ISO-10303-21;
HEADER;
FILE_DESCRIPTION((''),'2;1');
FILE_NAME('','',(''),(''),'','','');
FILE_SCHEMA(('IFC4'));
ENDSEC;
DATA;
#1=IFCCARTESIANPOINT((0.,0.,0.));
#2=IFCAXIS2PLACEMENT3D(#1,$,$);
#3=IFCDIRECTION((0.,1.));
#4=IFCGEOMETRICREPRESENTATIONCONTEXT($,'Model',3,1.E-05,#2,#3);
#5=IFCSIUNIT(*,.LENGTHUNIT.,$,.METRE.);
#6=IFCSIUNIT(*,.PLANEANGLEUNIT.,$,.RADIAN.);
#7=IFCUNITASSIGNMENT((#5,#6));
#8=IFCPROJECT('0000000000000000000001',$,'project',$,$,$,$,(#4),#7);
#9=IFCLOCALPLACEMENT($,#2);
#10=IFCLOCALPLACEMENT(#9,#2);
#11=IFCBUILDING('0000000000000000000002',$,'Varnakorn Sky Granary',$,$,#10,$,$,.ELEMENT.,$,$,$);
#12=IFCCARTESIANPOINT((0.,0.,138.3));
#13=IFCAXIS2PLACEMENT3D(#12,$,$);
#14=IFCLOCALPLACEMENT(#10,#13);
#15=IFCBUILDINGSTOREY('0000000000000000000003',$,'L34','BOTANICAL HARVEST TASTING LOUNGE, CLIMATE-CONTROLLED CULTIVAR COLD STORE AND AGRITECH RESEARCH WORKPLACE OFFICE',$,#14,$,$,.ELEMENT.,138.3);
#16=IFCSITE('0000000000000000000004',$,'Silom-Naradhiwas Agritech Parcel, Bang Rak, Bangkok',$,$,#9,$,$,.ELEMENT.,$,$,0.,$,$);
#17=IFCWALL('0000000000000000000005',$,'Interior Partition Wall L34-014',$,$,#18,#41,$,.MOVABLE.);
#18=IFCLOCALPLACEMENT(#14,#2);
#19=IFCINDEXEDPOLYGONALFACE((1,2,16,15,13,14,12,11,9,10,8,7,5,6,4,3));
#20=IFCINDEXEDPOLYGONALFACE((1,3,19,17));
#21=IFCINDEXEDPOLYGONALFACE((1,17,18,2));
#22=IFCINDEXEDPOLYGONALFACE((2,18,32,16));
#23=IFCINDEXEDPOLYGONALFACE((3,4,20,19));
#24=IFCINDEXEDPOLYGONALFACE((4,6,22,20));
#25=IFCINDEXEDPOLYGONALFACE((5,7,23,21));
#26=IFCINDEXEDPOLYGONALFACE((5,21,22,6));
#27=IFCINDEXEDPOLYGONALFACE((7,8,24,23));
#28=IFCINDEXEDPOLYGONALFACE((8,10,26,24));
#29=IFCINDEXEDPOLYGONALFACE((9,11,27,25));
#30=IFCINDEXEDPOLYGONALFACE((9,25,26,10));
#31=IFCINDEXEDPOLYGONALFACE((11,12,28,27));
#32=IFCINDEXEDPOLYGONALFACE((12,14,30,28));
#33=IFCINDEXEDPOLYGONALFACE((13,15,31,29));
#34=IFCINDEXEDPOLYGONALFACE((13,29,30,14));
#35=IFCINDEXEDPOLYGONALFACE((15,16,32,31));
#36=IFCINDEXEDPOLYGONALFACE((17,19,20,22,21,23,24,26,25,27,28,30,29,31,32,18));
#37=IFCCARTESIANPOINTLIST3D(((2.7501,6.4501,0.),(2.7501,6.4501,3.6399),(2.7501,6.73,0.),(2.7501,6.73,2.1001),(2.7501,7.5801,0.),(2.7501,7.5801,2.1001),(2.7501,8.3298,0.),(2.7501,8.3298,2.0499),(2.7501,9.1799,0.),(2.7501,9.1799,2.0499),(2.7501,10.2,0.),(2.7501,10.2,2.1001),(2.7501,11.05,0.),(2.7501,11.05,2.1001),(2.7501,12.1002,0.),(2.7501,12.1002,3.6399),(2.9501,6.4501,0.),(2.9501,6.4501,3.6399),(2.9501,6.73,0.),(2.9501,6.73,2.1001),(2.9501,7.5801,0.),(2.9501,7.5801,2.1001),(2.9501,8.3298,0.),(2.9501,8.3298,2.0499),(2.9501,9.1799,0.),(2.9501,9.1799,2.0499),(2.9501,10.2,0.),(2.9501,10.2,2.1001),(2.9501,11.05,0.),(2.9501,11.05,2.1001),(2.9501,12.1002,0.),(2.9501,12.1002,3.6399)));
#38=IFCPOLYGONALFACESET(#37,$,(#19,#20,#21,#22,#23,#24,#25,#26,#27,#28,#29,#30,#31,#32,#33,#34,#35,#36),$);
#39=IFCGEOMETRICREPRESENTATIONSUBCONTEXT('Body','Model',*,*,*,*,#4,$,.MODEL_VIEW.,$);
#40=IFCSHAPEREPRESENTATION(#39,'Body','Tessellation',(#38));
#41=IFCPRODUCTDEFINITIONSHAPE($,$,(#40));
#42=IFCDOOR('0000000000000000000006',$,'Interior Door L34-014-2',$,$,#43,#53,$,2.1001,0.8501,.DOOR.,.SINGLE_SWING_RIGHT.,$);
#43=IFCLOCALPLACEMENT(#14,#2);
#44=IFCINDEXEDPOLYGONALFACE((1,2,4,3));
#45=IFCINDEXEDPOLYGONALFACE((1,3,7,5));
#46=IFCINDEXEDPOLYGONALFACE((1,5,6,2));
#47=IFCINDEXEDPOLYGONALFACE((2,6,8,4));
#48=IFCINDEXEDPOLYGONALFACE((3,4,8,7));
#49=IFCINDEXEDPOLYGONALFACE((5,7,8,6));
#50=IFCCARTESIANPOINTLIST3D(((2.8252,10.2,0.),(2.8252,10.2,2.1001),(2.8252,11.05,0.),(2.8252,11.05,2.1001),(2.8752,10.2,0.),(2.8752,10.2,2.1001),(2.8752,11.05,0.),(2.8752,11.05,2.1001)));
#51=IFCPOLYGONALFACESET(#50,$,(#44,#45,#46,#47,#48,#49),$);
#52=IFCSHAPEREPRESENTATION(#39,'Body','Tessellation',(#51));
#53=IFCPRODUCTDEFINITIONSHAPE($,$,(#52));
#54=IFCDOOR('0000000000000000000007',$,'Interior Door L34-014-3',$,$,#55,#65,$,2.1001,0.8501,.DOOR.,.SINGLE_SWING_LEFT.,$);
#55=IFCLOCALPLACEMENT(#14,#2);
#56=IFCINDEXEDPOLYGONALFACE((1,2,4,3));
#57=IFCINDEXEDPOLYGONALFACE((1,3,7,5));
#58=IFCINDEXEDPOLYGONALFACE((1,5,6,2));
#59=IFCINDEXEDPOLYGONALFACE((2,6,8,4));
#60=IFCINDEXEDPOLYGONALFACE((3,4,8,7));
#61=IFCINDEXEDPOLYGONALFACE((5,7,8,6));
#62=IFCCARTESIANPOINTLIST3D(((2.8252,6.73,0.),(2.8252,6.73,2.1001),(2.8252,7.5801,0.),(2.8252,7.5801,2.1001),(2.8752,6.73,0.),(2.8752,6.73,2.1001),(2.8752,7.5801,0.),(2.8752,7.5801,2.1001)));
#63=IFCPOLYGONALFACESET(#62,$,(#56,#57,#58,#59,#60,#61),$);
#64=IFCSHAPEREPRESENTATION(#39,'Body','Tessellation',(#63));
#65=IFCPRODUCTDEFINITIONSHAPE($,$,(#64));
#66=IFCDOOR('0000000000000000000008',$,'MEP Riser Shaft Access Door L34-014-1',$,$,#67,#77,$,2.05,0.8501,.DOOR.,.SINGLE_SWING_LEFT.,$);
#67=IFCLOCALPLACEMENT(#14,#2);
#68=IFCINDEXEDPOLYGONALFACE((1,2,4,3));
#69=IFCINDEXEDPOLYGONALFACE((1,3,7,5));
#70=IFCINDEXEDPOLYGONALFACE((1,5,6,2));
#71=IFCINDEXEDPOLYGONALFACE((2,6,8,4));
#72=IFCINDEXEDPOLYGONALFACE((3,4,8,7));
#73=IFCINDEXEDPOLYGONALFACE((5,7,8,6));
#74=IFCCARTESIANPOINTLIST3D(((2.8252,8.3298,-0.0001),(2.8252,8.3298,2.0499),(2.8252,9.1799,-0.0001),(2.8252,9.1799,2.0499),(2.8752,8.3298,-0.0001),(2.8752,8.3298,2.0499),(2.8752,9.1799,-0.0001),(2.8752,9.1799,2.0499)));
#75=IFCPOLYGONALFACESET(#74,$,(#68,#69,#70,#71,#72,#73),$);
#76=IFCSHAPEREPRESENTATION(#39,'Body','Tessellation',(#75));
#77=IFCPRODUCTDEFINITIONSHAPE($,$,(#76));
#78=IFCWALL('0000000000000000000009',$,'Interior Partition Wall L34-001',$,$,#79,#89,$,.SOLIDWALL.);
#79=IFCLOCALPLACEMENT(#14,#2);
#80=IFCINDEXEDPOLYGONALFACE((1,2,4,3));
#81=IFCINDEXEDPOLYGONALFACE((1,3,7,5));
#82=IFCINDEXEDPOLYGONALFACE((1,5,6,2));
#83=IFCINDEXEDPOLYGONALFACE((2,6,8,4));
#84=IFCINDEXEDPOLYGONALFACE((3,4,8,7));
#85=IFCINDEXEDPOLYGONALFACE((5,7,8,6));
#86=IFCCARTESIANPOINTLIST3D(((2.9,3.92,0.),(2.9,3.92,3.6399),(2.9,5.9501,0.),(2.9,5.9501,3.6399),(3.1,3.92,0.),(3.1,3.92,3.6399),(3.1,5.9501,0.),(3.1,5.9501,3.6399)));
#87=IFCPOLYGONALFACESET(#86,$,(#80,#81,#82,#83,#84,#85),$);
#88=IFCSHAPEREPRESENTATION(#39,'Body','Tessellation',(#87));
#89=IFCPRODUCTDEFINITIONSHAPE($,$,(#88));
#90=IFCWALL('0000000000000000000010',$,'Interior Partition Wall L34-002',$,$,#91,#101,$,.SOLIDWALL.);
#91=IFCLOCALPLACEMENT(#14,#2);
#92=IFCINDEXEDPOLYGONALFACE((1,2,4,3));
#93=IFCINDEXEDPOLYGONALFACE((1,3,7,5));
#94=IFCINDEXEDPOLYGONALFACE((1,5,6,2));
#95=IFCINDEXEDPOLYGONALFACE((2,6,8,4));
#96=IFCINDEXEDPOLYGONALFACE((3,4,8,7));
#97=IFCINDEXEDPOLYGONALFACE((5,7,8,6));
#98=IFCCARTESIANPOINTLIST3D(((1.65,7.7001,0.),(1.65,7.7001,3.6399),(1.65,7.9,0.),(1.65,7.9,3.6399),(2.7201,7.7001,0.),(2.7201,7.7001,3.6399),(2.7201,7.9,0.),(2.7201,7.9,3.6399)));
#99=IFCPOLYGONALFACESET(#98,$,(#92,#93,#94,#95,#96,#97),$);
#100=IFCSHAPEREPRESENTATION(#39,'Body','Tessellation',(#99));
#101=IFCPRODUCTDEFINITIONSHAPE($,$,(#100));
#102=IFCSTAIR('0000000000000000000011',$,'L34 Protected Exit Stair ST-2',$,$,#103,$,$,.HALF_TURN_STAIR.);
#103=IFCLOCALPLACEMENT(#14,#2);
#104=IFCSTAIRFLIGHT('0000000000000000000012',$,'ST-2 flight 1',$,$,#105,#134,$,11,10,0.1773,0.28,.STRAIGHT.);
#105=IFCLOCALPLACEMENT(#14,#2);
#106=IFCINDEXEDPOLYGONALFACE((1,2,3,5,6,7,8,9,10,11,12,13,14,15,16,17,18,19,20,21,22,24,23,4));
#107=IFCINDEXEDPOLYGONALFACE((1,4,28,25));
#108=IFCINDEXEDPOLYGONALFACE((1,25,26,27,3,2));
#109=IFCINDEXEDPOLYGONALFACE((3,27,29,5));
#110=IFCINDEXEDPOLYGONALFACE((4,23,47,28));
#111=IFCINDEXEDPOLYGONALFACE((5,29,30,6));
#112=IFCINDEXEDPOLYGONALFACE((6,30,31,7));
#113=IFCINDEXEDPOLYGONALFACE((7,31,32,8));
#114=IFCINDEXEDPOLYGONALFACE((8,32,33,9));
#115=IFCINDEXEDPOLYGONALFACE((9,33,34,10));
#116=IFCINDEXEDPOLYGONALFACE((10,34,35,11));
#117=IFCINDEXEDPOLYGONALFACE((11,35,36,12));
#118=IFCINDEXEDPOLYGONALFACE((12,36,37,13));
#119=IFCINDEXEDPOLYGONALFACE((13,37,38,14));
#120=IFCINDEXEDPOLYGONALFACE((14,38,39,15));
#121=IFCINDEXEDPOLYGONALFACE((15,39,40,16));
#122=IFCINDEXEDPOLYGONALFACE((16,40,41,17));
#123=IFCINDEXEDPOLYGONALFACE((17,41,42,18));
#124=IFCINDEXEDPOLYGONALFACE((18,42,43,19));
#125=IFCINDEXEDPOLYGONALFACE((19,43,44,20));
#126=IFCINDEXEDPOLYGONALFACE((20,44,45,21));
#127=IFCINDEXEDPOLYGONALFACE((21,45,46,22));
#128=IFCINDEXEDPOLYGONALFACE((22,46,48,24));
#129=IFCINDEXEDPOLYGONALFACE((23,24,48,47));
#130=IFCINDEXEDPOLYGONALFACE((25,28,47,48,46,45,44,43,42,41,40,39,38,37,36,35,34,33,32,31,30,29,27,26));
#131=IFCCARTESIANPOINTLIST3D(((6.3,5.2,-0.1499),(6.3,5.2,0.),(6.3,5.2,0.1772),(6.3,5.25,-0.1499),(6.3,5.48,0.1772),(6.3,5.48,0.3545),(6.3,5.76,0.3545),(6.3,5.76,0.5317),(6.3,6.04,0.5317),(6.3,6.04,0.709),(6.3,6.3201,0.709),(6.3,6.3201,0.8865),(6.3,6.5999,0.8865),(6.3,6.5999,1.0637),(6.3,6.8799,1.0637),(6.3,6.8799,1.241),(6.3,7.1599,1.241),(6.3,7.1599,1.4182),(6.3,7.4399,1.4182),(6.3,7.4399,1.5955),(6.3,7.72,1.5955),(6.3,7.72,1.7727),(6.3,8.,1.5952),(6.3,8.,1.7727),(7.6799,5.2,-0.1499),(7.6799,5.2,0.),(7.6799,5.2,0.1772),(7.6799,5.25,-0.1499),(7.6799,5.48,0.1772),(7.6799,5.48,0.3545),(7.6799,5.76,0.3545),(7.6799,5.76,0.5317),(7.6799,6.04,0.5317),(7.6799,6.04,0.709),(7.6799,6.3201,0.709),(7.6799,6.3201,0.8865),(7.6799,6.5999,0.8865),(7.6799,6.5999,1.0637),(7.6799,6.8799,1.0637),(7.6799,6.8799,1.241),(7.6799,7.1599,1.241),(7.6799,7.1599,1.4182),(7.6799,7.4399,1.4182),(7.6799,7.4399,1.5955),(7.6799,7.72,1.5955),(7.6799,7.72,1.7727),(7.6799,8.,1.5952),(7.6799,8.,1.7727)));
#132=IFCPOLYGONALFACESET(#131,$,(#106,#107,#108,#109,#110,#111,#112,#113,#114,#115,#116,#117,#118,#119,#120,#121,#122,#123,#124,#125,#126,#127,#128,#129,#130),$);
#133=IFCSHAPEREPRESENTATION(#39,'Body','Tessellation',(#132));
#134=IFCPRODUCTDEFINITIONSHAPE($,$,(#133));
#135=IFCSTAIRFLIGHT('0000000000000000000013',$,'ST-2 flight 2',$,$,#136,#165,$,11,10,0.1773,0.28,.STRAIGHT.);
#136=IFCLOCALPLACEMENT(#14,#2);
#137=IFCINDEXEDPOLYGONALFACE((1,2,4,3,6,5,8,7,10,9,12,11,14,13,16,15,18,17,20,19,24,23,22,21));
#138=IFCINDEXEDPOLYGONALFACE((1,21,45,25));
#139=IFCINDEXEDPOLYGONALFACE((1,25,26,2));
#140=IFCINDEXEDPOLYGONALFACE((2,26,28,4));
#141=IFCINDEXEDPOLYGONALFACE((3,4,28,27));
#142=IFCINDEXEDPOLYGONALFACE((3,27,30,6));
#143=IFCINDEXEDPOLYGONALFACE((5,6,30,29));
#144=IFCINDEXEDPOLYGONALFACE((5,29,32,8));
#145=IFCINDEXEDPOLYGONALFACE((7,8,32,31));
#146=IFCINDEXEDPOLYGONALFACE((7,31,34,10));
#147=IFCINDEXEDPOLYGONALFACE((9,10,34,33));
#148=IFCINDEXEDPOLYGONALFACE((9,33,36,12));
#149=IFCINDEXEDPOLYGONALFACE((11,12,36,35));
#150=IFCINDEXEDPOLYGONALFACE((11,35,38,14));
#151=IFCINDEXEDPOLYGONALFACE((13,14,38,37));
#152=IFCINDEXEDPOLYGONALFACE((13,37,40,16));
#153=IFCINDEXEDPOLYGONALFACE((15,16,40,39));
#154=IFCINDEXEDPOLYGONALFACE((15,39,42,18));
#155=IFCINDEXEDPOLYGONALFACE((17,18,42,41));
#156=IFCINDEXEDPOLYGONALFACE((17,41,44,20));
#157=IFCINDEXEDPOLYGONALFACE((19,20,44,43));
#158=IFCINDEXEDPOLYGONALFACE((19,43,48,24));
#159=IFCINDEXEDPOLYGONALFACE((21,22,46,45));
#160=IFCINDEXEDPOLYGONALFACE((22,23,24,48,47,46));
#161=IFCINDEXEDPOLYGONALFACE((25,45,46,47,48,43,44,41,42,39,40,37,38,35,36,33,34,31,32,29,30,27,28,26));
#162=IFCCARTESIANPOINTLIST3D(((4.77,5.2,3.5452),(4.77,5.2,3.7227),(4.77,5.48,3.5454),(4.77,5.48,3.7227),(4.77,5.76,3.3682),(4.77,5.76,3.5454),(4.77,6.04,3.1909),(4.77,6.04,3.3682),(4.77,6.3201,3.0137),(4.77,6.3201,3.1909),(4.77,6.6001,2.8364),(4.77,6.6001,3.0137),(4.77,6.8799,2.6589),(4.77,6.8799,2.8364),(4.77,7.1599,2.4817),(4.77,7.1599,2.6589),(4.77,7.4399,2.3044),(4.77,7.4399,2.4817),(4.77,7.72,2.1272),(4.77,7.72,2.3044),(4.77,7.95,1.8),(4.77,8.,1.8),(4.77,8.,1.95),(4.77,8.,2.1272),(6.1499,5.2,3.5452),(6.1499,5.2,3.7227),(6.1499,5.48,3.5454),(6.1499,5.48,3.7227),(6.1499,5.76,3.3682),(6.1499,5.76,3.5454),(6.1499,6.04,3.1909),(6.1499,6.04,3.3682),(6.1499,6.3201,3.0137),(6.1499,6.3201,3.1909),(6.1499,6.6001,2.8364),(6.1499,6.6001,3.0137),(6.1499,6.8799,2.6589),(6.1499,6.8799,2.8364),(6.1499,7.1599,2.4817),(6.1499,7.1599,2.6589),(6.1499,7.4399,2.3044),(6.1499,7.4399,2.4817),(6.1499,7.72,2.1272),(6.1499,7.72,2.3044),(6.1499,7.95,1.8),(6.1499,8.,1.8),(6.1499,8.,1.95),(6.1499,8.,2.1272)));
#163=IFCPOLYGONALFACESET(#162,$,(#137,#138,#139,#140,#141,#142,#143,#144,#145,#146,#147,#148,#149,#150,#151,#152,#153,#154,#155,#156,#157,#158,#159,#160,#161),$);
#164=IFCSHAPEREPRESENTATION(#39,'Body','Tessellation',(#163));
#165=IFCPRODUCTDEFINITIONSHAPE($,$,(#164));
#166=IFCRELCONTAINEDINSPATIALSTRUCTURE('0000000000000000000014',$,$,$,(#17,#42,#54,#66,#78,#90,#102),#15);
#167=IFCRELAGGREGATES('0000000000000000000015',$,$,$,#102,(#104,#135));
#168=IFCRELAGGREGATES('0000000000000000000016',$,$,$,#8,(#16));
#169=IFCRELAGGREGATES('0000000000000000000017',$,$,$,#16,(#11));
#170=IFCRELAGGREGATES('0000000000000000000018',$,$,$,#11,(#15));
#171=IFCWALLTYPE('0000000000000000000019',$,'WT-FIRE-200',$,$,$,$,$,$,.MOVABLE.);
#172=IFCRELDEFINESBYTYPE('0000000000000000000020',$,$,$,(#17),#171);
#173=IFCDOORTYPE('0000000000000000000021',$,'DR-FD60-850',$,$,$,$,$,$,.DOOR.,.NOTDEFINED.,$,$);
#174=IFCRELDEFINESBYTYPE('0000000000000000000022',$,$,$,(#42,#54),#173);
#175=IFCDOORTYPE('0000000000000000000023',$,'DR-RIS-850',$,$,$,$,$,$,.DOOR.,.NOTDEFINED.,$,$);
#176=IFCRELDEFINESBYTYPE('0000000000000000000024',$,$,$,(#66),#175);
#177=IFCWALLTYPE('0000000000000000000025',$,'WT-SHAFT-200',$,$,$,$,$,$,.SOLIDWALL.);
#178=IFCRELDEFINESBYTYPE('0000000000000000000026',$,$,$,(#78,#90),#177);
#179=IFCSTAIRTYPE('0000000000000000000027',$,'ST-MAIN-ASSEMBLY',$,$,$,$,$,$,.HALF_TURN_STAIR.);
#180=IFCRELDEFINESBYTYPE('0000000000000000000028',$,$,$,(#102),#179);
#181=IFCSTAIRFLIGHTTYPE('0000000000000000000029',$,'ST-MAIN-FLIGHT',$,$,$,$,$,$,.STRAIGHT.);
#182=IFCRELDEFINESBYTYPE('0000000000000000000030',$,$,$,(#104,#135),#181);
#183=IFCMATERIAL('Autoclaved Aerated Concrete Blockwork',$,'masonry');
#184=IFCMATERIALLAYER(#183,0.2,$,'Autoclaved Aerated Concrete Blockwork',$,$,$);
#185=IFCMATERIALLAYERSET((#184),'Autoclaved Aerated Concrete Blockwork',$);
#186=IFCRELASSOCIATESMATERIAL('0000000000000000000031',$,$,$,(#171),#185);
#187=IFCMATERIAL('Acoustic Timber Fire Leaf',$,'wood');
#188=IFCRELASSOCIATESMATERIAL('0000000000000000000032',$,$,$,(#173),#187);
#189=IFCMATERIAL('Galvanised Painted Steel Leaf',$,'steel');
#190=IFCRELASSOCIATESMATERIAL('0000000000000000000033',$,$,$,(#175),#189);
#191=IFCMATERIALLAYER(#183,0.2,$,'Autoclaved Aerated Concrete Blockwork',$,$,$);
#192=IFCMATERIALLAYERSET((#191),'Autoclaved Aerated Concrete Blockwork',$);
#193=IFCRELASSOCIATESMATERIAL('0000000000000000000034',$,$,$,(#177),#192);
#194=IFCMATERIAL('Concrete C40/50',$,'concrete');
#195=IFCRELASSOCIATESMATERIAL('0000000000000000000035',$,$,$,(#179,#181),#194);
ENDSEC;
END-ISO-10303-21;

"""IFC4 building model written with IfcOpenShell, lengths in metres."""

from ifc_helpers import new_model, si_unit, direction, frame, frame_2d, origin, place, context, subcontext, project, spatial, polyline, rectangle, outline, extrude, material, layer, layer_set, type_object, element, fill, aggregate, save


model = new_model("IFC4")

# Units and contexts
model_context = context("Model", 3, precision=1e-05, world=origin(), true_north=direction((0.0, 1.0)))
body_context = subcontext(model_context, "Body", "Model", "MODEL_VIEW")
ifc_project = project(units=[si_unit("LENGTHUNIT", "METRE"), si_unit("PLANEANGLEUNIT", "RADIAN")], contexts=[model_context])

# Site, building, storey
site_placement = place(None, origin())
site = spatial("IfcSite", under=ifc_project, at=site_placement, Name="Silom-Naradhiwas Agritech Parcel, Bang Rak, Bangkok", CompositionType="ELEMENT", RefElevation=0.0)
building_placement = place(site_placement, origin())
building = spatial("IfcBuilding", under=site, at=building_placement, Name="Varnakorn Sky Granary", CompositionType="ELEMENT")
storey_placement = place(building_placement, frame((0.0, 0.0, 138.3)))
storey = spatial("IfcBuildingStorey", under=building, at=storey_placement, Name="L34", Description="BOTANICAL HARVEST TASTING LOUNGE, CLIMATE-CONTROLLED CULTIVAR COLD STORE AND AGRITECH RESEARCH WORKPLACE OFFICE", CompositionType="ELEMENT", Elevation=138.3)

# Wall, openings, doors
ifc_material_1 = material(Name="Autoclaved Aerated Concrete Blockwork", Category="masonry")
ifc_layer_1 = layer(ifc_material_1, 0.2, Name="Autoclaved Aerated Concrete Blockwork")
ifc_layer_set_1 = layer_set([ifc_layer_1], Name="Autoclaved Aerated Concrete Blockwork")
wall_type_1 = type_object("IfcWallType", Name="WT-FIRE-200", PredefinedType="MOVABLE", material=ifc_layer_set_1)
wall_1_placement = place(storey_placement, frame((2.8501, 6.45, 0.0), z_axis=(0.0, 0.0, 1.0), x_axis=(0.0, 1.0, 0.0)))
wall_1 = element("IfcWall", 1, at=wall_1_placement, inside=storey, type_object=wall_type_1, Name="Interior Partition Wall L34-014", PredefinedType="MOVABLE", context=body_context, shape_type="SweptSolid", body=[
    extrude(rectangle(XDim=5.6501, YDim=0.2, at=frame_2d((2.8252, 0.0))), origin(), (0.0, 0.0, 1.0), 3.6399),
])
opening_1_placement = place(wall_1_placement, frame((1.8799, 0.0, 0.0)))
opening_1 = element("IfcOpeningElement", 2, at=opening_1_placement, cuts=wall_1, PredefinedType="OPENING", context=body_context, shape_type="SweptSolid", body=[
    extrude(rectangle(XDim=0.8501, YDim=2.05, at=frame_2d((0.425, 1.0249))), frame((0.0, 0.1099, 0.0), z_axis=(0.0, -1.0, 0.0), x_axis=(1.0, 0.0, 0.0)), (0.0, 0.0, 1.0), 0.22),
])
opening_2_placement = place(wall_1_placement, frame((3.75, 0.0, 0.0)))
opening_2 = element("IfcOpeningElement", 3, at=opening_2_placement, cuts=wall_1, PredefinedType="OPENING", context=body_context, shape_type="SweptSolid", body=[
    extrude(rectangle(XDim=0.8501, YDim=2.1001, at=frame_2d((0.425, 1.05))), frame((0.0, 0.1099, 0.0), z_axis=(0.0, -1.0, 0.0), x_axis=(1.0, 0.0, 0.0)), (0.0, 0.0, 1.0), 0.22),
])
opening_3_placement = place(wall_1_placement, frame((0.28, 0.0, 0.0)))
opening_3 = element("IfcOpeningElement", 4, at=opening_3_placement, cuts=wall_1, PredefinedType="OPENING", context=body_context, shape_type="SweptSolid", body=[
    extrude(rectangle(XDim=0.8501, YDim=2.1001, at=frame_2d((0.425, 1.05))), frame((0.0, 0.1099, 0.0), z_axis=(0.0, -1.0, 0.0), x_axis=(1.0, 0.0, 0.0)), (0.0, 0.0, 1.0), 0.22),
])
ifc_material_2 = material(Name="Acoustic Timber Fire Leaf", Category="wood")
door_type_1 = type_object("IfcDoorType", Name="DR-FD60-850", OperationType="NOTDEFINED", PredefinedType="DOOR", material=ifc_material_2)
door_1_placement = place(opening_2_placement, origin())
door_1 = element("IfcDoor", 5, at=door_1_placement, inside=storey, type_object=door_type_1, Name="Interior Door L34-014-2", OperationType="SINGLE_SWING_RIGHT", OverallHeight=2.1001, OverallWidth=0.8501, PredefinedType="DOOR", context=body_context, shape_type="SweptSolid", body=[
    extrude(rectangle(XDim=0.8501, YDim=2.1001, at=frame_2d((0.425, 1.05))), frame((0.0, 0.0249, 0.0), z_axis=(0.0, -1.0, 0.0), x_axis=(1.0, 0.0, 0.0)), (0.0, 0.0, 1.0), 0.05),
])
fill(opening_2, door_1)
door_2_placement = place(opening_3_placement, origin())
door_2 = element("IfcDoor", 6, at=door_2_placement, inside=storey, type_object=door_type_1, Name="Interior Door L34-014-3", OperationType="SINGLE_SWING_LEFT", OverallHeight=2.1001, OverallWidth=0.8501, PredefinedType="DOOR", context=body_context, shape_type="SweptSolid", body=[
    extrude(rectangle(XDim=0.8501, YDim=2.1001, at=frame_2d((0.425, 1.05))), frame((0.0, 0.0249, 0.0), z_axis=(0.0, -1.0, 0.0), x_axis=(1.0, 0.0, 0.0)), (0.0, 0.0, 1.0), 0.05),
])
fill(opening_3, door_2)
ifc_material_3 = material(Name="Galvanised Painted Steel Leaf", Category="steel")
door_type_2 = type_object("IfcDoorType", Name="DR-RIS-850", OperationType="NOTDEFINED", PredefinedType="DOOR", material=ifc_material_3)
door_3_placement = place(opening_1_placement, origin())
door_3 = element("IfcDoor", 7, at=door_3_placement, inside=storey, type_object=door_type_2, Name="MEP Riser Shaft Access Door L34-014-1", OperationType="SINGLE_SWING_LEFT", OverallHeight=2.05, OverallWidth=0.8501, PredefinedType="DOOR", context=body_context, shape_type="SweptSolid", body=[
    extrude(rectangle(XDim=0.8501, YDim=2.05, at=frame_2d((0.425, 1.0249))), frame((0.0, 0.0249, 0.0), z_axis=(0.0, -1.0, 0.0), x_axis=(1.0, 0.0, 0.0)), (0.0, 0.0, 1.0), 0.05),
])
fill(opening_1, door_3)

# Walls
ifc_layer_2 = layer(ifc_material_1, 0.2, Name="Autoclaved Aerated Concrete Blockwork")
ifc_layer_set_2 = layer_set([ifc_layer_2], Name="Autoclaved Aerated Concrete Blockwork")
wall_type_2 = type_object("IfcWallType", Name="WT-SHAFT-200", PredefinedType="SOLIDWALL", material=ifc_layer_set_2)
wall_2_placement = place(storey_placement, frame((3.0, 3.9199, 0.0), z_axis=(0.0, 0.0, 1.0), x_axis=(0.0, 1.0, 0.0)))
element("IfcWall", 8, at=wall_2_placement, inside=storey, type_object=wall_type_2, Name="Interior Partition Wall L34-001", PredefinedType="SOLIDWALL", context=body_context, shape_type="SweptSolid", body=[
    extrude(rectangle(XDim=2.03, YDim=0.2, at=frame_2d((1.0151, 0.0))), origin(), (0.0, 0.0, 1.0), 3.6399),
])
wall_3_placement = place(storey_placement, frame((1.6499, 7.8, 0.0), z_axis=(0.0, 0.0, 1.0), x_axis=(1.0, 0.0, 0.0)))
element("IfcWall", 9, at=wall_3_placement, inside=storey, type_object=wall_type_2, Name="Interior Partition Wall L34-002", PredefinedType="SOLIDWALL", context=body_context, shape_type="SweptSolid", body=[
    extrude(rectangle(XDim=1.0701, YDim=0.2, at=frame_2d((0.5352, 0.0))), origin(), (0.0, 0.0, 1.0), 3.6399),
])

# Stair, stair flights
ifc_material_4 = material(Name="Concrete C40/50", Category="concrete")
stair_type = type_object("IfcStairType", Name="ST-MAIN-ASSEMBLY", PredefinedType="HALF_TURN_STAIR", material=ifc_material_4)
stair_placement = place(storey_placement, origin())
stair = element("IfcStair", 10, at=stair_placement, inside=storey, type_object=stair_type, Name="L34 Protected Exit Stair ST-2", PredefinedType="HALF_TURN_STAIR")
stair_flight_type = type_object("IfcStairFlightType", Name="ST-MAIN-FLIGHT", PredefinedType="STRAIGHT", material=ifc_material_4)
stair_flight_1_placement = place(storey_placement, frame((6.99, 5.2, 0.0), z_axis=(0.0, 0.0, 1.0), x_axis=(0.0, 1.0, 0.0)))
stair_flight_1 = element("IfcStairFlight", 11, at=stair_flight_1_placement, type_object=stair_flight_type, Name="ST-2 flight 1", NumberOfRisers=11, NumberOfTreads=10, PredefinedType="STRAIGHT", RiserHeight=0.1773, TreadLength=0.28, context=body_context, shape_type="SweptSolid", body=[
    extrude(outline(polyline([(0.0, -0.1499), (0.0, 0.0), (0.0, 0.1772), (0.28, 0.1772), (0.28, 0.3545), (0.5601, 0.3545), (0.5601, 0.5317), (0.8401, 0.5317), (0.8401, 0.709), (1.1201, 0.709), (1.1201, 0.8865), (1.3999, 0.8865), (1.3999, 1.0637), (1.6799, 1.0637), (1.6799, 1.241), (1.96, 1.241), (1.96, 1.4182), (2.24, 1.4182), (2.24, 1.5955), (2.52, 1.5955), (2.52, 1.7727), (2.8, 1.7727), (2.8, 1.95), (2.8, 1.5952), (0.05, -0.1499), (0.0, -0.1499)])), frame((0.0, 0.6899, 0.0), z_axis=(0.0, -1.0, 0.0), x_axis=(1.0, 0.0, 0.0)), (0.0, 0.0, 1.0), 1.3799),
])
stair_flight_2_placement = place(storey_placement, frame((5.46, 8.0, 1.95), z_axis=(0.0, 0.0, 1.0), x_axis=(0.0, -1.0, 0.0)))
stair_flight_2 = element("IfcStairFlight", 12, at=stair_flight_2_placement, type_object=stair_flight_type, Name="ST-2 flight 2", NumberOfRisers=11, NumberOfTreads=10, PredefinedType="STRAIGHT", RiserHeight=0.1773, TreadLength=0.28, context=body_context, shape_type="SweptSolid", body=[
    extrude(outline(polyline([(0.0, -0.1499), (0.0, 0.0), (0.0, 0.1772), (0.28, 0.1772), (0.28, 0.3545), (0.5601, 0.3545), (0.5601, 0.5317), (0.8401, 0.5317), (0.8401, 0.709), (1.1201, 0.709), (1.1201, 0.8865), (1.3999, 0.8865), (1.3999, 1.0637), (1.6799, 1.0637), (1.6799, 1.241), (1.96, 1.241), (1.96, 1.4182), (2.24, 1.4182), (2.24, 1.5955), (2.52, 1.5955), (2.52, 1.7727), (2.8, 1.7727), (2.8, 1.95), (2.8, 1.5952), (0.05, -0.1499), (0.0, -0.1499)])), frame((0.0, 0.6899, 0.0), z_axis=(0.0, -1.0, 0.0), x_axis=(1.0, 0.0, 0.0)), (0.0, 0.0, 1.0), 1.3799),
])
aggregate(stair, [stair_flight_1, stair_flight_2])

save(model, "model.ifc")
